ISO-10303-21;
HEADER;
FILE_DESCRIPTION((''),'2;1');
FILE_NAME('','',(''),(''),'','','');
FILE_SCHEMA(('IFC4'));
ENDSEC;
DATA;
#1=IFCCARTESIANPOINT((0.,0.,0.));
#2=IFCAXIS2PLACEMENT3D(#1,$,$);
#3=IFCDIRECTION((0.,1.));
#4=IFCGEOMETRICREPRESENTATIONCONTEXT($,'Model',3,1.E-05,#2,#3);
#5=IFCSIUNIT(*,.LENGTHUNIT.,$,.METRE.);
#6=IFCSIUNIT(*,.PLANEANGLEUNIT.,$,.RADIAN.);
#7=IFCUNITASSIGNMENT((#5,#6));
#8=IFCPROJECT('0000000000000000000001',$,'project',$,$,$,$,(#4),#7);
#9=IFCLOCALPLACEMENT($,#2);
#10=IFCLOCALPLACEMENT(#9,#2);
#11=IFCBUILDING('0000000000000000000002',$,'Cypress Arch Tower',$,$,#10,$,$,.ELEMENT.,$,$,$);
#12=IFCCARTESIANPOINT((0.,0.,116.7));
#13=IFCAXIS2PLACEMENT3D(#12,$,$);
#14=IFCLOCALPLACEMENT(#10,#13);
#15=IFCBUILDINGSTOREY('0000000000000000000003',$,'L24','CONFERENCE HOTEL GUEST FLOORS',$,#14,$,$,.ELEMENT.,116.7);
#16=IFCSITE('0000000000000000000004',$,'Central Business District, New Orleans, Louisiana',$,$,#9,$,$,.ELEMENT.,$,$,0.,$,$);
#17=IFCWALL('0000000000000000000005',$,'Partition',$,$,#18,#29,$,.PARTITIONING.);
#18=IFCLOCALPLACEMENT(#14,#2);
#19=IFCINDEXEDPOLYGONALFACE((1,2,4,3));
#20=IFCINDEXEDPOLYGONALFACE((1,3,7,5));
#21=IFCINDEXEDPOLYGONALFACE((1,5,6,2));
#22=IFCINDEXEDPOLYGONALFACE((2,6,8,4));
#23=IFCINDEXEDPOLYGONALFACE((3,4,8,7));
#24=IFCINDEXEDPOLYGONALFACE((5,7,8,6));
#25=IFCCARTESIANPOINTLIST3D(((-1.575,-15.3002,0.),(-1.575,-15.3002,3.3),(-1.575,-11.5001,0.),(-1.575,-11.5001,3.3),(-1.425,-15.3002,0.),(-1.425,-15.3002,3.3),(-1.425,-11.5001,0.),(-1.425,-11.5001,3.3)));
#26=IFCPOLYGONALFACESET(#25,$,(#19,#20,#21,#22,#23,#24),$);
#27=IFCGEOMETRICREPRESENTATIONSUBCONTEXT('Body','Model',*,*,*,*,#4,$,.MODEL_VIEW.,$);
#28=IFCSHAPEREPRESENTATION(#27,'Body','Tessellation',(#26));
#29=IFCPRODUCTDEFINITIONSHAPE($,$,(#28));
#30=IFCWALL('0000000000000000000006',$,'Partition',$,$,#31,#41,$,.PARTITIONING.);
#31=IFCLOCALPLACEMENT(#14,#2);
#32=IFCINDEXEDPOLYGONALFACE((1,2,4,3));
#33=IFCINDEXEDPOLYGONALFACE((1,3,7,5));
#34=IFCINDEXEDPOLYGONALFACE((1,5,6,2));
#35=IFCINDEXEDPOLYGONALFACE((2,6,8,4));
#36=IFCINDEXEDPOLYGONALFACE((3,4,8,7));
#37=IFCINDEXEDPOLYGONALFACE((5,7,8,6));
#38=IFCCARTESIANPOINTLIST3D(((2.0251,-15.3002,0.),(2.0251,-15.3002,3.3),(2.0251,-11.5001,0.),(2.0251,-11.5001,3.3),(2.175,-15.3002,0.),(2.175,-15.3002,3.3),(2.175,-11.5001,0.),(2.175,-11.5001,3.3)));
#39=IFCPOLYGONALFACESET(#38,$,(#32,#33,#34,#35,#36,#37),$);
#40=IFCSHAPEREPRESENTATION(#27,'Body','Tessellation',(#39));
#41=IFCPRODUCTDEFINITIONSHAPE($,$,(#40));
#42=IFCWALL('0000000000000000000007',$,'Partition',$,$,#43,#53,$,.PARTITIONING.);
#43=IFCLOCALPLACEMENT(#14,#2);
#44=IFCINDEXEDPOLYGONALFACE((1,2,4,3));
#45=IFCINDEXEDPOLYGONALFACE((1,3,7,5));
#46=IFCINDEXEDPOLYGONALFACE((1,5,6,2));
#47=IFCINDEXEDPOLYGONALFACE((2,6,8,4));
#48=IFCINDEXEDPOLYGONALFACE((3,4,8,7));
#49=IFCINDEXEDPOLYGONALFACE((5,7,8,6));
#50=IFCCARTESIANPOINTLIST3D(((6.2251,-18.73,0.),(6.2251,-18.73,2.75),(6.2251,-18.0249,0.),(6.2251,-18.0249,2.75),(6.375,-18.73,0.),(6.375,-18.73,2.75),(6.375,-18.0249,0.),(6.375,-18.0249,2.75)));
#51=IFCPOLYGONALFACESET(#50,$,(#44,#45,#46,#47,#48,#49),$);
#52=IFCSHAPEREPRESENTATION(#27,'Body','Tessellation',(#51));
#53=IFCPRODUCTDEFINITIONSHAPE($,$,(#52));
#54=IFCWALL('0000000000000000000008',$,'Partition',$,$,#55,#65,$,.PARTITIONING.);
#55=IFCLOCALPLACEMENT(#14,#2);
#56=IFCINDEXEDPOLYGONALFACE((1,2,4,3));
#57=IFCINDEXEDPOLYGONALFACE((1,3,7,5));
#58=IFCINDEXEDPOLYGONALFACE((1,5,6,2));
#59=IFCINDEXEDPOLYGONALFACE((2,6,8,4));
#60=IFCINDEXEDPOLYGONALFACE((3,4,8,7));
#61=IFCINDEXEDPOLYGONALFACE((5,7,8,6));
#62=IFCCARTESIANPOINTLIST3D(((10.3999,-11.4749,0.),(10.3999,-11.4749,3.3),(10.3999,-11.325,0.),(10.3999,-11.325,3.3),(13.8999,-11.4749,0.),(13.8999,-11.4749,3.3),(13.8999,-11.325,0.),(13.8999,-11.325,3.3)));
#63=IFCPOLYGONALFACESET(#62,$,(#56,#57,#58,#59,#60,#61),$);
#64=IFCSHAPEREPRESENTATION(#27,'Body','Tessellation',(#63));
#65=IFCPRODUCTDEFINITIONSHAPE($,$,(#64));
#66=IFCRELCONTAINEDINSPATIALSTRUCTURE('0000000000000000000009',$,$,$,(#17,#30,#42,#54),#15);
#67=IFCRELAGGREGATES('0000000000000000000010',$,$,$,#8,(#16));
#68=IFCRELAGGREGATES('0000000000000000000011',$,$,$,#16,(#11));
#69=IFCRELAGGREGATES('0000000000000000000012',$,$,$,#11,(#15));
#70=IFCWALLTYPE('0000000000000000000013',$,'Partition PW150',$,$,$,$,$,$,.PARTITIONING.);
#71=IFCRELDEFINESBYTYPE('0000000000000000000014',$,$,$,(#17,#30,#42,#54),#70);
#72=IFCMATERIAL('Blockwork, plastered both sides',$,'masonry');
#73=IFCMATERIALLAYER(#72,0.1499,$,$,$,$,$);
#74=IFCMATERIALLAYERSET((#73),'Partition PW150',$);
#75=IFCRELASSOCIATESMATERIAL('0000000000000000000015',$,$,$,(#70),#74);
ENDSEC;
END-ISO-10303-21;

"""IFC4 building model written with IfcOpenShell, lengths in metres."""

from ifc_helpers import new_model, si_unit, direction, frame, frame_2d, origin, place, context, subcontext, project, spatial, rectangle, extrude, material, layer, layer_set, type_object, element, save


model = new_model("IFC4")

# Units and contexts
model_context = context("Model", 3, precision=1e-05, world=origin(), true_north=direction((0.0, 1.0)))
body_context = subcontext(model_context, "Body", "Model", "MODEL_VIEW")
ifc_project = project(units=[si_unit("LENGTHUNIT", "METRE"), si_unit("PLANEANGLEUNIT", "RADIAN")], contexts=[model_context])

# Site, building, storey
site_placement = place(None, origin())
site = spatial("IfcSite", under=ifc_project, at=site_placement, Name="Central Business District, New Orleans, Louisiana", CompositionType="ELEMENT", RefElevation=0.0)
building_placement = place(site_placement, origin())
building = spatial("IfcBuilding", under=site, at=building_placement, Name="Cypress Arch Tower", CompositionType="ELEMENT")
storey_placement = place(building_placement, frame((0.0, 0.0, 116.7)))
storey = spatial("IfcBuildingStorey", under=building, at=storey_placement, Name="L24", Description="CONFERENCE HOTEL GUEST FLOORS", CompositionType="ELEMENT", Elevation=116.7)

# Walls
ifc_material_1 = material(Name="Blockwork, plastered both sides", Category="masonry")
ifc_layer_1 = layer(ifc_material_1, 0.1499)
ifc_layer_set_1 = layer_set([ifc_layer_1], Name="Partition PW150")
wall_type_1 = type_object("IfcWallType", Name="Partition PW150", PredefinedType="PARTITIONING", material=ifc_layer_set_1)
for number, where, z_axis, x_axis, name in (
    (1, (-1.5, -15.3, 0.0), (0.0, 0.0, 1.0), (0.0, 1.0, 0.0), "Partition"),
    (2, (2.1001, -15.3, 0.0), (0.0, 0.0, 1.0), (0.0, 1.0, 0.0), "Partition"),
):
    element("IfcWall", number, at=place(storey_placement, frame(where, z_axis=z_axis, x_axis=x_axis)), inside=storey, type_object=wall_type_1, Name=name, PredefinedType="PARTITIONING", context=body_context, shape_type="SweptSolid", body=[
        extrude(rectangle(XDim=3.8, YDim=0.1499, at=frame_2d((1.8999, 0.0))), origin(), (0.0, 0.0, 1.0), 3.3),
    ])
wall_1_placement = place(storey_placement, frame((6.3, -18.73, 0.0), z_axis=(0.0, 0.0, 1.0), x_axis=(0.0, 1.0, 0.0)))
element("IfcWall", 3, at=wall_1_placement, inside=storey, type_object=wall_type_1, Name="Partition", PredefinedType="PARTITIONING", context=body_context, shape_type="SweptSolid", body=[
    extrude(rectangle(XDim=0.7051, YDim=0.1499, at=frame_2d((0.3525, 0.0))), origin(), (0.0, 0.0, 1.0), 2.75),
])
wall_2_placement = place(storey_placement, frame((10.3999, -11.3999, 0.0), z_axis=(0.0, 0.0, 1.0), x_axis=(1.0, 0.0, 0.0)))
element("IfcWall", 4, at=wall_2_placement, inside=storey, type_object=wall_type_1, Name="Partition", PredefinedType="PARTITIONING", context=body_context, shape_type="SweptSolid", body=[
    extrude(rectangle(XDim=3.5, YDim=0.1499, at=frame_2d((1.75, 0.0))), origin(), (0.0, 0.0, 1.0), 3.3),
])

save(model, "model.ifc")
